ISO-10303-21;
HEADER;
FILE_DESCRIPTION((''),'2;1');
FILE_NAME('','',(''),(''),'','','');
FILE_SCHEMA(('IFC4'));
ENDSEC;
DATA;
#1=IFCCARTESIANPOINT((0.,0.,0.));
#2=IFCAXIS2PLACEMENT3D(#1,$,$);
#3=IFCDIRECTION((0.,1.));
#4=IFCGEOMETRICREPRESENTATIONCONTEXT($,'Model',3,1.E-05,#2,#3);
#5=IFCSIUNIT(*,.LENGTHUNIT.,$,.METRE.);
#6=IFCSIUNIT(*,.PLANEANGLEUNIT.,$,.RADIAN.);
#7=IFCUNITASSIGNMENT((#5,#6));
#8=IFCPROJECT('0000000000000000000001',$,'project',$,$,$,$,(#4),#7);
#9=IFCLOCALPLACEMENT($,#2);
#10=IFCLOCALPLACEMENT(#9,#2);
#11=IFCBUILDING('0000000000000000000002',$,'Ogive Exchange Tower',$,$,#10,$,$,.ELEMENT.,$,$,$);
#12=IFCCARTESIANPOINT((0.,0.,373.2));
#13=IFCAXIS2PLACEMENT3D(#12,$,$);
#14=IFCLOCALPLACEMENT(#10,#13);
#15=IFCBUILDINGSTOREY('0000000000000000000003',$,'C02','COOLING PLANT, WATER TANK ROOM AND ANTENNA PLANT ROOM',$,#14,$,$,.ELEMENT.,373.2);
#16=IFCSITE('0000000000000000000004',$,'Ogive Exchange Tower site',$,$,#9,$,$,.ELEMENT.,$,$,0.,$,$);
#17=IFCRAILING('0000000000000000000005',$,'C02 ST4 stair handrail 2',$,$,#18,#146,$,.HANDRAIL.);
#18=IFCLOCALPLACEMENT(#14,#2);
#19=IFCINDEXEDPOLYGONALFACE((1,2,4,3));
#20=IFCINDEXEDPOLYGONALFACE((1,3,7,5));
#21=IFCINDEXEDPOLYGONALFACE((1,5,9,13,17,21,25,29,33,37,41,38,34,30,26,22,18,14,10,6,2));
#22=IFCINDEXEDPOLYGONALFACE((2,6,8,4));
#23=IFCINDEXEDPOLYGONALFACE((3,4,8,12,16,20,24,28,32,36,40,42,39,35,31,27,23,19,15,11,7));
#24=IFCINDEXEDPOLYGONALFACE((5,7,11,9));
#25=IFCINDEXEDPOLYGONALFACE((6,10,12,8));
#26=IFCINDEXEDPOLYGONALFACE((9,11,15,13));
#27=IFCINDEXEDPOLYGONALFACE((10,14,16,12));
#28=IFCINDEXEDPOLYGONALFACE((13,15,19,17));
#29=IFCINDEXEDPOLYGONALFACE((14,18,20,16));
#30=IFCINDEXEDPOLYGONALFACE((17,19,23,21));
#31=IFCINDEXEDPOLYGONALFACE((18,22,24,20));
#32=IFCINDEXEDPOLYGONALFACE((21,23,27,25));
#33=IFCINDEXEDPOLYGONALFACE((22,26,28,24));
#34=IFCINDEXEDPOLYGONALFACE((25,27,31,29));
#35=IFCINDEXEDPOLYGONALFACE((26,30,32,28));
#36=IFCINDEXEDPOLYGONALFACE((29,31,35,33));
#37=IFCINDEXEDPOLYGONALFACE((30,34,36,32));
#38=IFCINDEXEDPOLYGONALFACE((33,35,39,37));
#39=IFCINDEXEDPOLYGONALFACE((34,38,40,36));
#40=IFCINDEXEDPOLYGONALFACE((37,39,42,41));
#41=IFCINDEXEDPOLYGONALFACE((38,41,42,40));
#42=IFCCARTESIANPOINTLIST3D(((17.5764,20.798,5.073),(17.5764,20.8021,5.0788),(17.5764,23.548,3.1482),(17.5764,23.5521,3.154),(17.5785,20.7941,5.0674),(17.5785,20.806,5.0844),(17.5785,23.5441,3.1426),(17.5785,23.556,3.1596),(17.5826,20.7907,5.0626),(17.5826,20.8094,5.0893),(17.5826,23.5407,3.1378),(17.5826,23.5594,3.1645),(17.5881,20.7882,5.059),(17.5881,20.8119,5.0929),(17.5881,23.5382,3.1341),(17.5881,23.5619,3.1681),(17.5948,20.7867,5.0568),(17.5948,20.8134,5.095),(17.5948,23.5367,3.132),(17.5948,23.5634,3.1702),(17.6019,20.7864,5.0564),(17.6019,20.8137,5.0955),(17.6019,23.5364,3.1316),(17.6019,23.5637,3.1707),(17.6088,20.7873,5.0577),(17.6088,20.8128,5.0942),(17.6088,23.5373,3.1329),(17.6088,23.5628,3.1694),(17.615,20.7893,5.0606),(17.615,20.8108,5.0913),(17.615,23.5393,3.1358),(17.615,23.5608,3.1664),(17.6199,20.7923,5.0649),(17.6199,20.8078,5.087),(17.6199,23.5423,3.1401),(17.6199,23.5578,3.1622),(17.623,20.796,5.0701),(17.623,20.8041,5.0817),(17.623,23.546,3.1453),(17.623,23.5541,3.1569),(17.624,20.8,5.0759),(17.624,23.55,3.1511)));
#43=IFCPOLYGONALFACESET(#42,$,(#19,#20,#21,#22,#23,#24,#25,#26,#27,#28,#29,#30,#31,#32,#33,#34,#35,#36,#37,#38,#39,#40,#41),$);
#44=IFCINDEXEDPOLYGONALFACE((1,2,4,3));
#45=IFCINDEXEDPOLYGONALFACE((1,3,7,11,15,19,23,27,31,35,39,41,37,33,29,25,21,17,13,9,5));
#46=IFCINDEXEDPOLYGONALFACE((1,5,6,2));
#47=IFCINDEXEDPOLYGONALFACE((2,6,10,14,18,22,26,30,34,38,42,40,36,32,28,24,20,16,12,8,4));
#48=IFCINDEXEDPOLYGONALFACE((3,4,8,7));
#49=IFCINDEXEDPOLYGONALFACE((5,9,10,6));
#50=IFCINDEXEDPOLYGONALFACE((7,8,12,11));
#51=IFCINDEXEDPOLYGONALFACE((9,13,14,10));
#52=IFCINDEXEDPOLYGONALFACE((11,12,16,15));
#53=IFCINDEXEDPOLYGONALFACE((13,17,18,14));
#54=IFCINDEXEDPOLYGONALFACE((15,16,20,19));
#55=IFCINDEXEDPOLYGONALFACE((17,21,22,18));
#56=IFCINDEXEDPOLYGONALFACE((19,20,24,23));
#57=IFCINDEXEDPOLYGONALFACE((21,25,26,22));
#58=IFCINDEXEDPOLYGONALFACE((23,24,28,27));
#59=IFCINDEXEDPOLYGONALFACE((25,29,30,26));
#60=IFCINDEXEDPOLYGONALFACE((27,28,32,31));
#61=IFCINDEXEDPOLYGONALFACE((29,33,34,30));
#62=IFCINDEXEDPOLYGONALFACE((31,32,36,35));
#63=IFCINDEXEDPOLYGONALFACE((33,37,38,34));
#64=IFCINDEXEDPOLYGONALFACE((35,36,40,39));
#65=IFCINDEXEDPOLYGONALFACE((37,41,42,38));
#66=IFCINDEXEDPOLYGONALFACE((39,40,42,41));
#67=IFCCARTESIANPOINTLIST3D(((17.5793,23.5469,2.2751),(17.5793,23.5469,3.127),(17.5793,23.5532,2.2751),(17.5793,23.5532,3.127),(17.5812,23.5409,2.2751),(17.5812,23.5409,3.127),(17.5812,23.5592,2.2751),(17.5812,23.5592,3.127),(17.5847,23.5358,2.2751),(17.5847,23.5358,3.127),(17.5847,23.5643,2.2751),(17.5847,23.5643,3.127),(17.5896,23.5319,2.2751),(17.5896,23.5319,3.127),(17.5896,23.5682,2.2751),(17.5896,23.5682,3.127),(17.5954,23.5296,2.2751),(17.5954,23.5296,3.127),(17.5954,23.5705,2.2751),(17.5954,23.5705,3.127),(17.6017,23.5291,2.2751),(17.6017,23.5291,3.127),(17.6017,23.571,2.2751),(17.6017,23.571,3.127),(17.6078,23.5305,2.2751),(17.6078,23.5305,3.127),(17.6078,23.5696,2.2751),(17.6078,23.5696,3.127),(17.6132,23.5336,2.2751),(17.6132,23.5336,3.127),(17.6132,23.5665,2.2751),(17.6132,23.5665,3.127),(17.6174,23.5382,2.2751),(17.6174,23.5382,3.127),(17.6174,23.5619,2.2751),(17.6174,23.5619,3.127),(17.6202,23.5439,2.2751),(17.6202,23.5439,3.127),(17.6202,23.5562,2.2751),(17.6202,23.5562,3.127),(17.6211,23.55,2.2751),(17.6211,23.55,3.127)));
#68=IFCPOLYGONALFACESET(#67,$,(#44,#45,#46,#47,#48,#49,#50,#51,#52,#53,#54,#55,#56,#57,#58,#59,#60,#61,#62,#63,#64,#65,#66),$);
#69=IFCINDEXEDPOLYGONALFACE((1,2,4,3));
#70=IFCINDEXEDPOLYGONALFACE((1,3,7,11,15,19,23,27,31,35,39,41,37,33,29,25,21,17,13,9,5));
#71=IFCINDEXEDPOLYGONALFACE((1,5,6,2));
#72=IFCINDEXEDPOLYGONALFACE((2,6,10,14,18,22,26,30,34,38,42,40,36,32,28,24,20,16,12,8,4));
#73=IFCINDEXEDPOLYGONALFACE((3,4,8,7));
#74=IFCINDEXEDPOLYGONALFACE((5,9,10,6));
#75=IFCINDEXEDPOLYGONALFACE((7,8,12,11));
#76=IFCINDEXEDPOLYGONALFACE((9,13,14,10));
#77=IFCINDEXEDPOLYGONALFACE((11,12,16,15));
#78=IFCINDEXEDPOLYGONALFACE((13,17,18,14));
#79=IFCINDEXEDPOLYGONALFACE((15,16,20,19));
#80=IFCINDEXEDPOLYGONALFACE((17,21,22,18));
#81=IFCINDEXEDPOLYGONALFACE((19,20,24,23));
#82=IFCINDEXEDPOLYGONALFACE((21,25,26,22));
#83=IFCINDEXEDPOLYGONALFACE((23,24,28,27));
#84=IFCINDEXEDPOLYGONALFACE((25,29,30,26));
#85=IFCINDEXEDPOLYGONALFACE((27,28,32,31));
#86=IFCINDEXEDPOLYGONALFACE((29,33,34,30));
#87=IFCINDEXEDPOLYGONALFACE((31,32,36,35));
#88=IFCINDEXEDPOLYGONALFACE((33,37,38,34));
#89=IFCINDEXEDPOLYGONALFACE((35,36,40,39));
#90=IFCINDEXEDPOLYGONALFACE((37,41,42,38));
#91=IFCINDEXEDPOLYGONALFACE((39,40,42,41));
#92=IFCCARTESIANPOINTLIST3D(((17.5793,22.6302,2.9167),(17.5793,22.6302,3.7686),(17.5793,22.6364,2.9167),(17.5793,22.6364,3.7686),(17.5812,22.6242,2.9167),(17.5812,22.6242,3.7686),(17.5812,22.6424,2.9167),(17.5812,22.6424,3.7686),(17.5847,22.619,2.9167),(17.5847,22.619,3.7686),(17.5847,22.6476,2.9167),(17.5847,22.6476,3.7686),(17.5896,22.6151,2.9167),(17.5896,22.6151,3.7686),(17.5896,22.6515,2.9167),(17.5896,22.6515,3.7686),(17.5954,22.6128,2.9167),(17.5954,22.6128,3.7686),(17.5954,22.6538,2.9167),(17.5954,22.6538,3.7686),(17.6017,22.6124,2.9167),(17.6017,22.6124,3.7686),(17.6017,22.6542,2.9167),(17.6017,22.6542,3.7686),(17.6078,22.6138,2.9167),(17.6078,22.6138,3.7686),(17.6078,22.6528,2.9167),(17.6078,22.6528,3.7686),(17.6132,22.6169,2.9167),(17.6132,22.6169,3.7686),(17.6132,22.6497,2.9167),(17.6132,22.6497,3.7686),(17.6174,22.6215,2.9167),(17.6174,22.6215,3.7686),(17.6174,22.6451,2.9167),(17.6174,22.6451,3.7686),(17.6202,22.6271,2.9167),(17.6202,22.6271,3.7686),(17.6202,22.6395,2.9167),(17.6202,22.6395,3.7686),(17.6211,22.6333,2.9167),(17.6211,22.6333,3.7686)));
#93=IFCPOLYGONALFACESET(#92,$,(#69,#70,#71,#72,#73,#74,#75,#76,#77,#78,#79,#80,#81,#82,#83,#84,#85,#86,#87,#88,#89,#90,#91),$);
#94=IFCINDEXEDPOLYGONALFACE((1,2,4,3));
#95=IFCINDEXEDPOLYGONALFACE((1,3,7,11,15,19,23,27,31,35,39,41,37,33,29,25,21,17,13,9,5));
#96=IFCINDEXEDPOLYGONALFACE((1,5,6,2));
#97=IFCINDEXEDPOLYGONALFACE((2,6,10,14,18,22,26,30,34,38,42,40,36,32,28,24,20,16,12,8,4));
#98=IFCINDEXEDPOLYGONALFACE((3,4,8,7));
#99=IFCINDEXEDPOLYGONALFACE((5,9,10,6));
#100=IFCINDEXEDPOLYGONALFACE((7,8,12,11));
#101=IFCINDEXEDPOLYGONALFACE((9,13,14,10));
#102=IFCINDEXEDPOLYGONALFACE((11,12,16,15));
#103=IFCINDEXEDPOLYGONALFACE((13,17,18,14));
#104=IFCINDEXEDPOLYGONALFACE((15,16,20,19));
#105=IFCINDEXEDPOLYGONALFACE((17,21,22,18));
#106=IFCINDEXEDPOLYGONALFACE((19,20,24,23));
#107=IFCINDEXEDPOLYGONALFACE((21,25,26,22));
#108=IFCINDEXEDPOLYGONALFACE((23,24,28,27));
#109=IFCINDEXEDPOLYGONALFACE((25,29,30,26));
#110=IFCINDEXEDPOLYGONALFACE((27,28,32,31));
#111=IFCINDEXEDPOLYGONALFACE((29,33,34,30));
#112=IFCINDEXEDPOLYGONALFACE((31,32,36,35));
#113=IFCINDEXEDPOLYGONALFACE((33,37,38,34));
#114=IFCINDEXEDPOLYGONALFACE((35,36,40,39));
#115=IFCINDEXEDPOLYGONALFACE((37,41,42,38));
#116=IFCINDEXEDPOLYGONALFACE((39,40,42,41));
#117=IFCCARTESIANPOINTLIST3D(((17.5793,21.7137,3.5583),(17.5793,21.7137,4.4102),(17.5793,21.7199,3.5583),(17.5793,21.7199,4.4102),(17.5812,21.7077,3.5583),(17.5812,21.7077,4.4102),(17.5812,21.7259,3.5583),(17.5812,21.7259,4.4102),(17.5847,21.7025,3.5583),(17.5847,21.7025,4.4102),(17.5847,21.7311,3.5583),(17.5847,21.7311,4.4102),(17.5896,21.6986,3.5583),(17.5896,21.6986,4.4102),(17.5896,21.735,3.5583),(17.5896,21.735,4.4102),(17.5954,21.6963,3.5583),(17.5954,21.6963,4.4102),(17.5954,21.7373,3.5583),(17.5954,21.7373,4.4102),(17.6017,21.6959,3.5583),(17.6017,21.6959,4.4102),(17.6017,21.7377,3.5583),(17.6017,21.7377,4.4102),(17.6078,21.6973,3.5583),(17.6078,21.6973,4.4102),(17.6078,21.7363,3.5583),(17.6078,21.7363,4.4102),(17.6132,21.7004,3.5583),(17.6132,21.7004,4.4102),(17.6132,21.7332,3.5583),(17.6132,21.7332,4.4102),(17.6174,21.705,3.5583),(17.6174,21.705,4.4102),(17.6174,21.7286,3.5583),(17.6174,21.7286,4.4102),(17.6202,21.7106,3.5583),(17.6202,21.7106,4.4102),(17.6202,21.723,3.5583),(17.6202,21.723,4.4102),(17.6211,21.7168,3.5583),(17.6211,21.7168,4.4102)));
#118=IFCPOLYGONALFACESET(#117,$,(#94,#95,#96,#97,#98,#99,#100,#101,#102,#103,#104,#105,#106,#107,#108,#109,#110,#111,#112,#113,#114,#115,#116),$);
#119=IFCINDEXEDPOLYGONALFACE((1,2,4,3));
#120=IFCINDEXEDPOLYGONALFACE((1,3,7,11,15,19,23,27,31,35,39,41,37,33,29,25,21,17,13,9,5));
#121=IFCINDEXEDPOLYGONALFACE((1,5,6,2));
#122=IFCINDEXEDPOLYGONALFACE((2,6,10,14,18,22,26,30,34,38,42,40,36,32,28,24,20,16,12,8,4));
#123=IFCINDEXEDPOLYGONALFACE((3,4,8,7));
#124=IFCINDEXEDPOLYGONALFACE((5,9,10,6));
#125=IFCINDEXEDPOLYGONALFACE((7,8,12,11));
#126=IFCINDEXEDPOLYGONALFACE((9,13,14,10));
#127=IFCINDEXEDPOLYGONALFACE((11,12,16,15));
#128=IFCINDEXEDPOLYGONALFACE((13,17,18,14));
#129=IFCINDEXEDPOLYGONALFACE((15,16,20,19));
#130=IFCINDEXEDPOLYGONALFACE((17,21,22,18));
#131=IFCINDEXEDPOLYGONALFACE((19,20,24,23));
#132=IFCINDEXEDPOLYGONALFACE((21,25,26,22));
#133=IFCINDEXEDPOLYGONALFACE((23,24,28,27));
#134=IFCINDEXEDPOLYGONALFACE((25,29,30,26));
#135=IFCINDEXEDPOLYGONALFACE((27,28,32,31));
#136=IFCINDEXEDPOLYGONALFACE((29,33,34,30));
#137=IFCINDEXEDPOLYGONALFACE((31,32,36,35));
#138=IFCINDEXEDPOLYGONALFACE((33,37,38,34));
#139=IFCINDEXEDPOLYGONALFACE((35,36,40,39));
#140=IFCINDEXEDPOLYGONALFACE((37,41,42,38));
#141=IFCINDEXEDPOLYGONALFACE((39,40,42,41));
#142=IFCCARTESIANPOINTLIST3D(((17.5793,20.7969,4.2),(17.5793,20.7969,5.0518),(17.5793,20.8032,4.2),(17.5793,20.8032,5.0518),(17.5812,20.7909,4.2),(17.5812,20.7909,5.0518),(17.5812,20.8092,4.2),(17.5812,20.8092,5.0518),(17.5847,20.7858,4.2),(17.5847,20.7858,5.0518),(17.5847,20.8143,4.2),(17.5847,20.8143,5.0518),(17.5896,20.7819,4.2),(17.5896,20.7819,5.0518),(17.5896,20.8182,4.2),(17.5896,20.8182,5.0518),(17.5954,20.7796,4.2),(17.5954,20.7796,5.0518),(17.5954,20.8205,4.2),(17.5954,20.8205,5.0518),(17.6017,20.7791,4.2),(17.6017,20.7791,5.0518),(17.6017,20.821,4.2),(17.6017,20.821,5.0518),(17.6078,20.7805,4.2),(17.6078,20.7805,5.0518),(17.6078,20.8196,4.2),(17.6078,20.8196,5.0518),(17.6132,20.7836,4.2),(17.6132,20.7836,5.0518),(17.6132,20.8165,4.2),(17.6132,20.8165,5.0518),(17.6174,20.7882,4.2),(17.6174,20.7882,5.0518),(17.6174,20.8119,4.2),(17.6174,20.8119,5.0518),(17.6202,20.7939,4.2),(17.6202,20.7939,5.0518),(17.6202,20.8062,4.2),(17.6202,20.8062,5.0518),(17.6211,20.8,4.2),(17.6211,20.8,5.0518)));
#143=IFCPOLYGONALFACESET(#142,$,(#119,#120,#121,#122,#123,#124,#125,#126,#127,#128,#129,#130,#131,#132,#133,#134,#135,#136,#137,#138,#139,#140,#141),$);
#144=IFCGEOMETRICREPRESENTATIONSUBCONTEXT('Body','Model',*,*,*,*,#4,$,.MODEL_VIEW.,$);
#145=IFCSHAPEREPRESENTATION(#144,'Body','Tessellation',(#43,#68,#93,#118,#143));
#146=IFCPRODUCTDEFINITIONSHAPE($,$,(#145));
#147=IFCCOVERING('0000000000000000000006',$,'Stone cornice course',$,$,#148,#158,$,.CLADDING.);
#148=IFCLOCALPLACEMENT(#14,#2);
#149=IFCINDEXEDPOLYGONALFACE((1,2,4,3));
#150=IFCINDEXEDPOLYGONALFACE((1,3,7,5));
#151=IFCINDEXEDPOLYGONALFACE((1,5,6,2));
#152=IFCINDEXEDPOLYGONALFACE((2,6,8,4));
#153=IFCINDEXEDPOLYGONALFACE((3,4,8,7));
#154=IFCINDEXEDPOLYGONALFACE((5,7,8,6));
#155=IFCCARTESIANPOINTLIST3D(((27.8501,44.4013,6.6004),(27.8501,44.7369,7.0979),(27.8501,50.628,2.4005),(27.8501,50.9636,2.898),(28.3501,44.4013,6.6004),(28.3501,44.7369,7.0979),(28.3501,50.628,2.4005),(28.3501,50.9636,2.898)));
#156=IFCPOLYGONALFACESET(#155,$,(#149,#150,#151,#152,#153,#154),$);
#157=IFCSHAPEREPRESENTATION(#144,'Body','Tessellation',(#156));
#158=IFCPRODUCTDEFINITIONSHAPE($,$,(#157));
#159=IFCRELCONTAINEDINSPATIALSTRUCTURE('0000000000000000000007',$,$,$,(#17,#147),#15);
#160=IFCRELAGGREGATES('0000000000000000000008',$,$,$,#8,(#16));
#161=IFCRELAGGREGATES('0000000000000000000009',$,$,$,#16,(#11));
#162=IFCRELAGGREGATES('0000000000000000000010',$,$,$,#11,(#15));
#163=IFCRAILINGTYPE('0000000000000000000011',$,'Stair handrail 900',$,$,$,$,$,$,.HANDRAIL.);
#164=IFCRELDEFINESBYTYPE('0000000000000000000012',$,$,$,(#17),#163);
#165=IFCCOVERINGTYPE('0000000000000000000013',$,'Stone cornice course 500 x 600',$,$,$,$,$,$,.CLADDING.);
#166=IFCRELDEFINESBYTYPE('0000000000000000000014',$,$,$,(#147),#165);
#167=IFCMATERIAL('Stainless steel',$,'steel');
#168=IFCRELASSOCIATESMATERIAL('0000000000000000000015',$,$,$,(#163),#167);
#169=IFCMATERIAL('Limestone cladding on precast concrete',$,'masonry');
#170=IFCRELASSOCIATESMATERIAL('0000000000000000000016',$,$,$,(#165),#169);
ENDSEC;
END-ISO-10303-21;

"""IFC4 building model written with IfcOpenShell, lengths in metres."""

from ifc_helpers import new_model, si_unit, direction, frame, origin, origin_2d, place, context, subcontext, project, spatial, rectangle, circle, extrude, material, material_profile, profile_set, type_object, element, save


model = new_model("IFC4")

# Units and contexts
model_context = context("Model", 3, precision=1e-05, world=origin(), true_north=direction((0.0, 1.0)))
body_context = subcontext(model_context, "Body", "Model", "MODEL_VIEW")
ifc_project = project(units=[si_unit("LENGTHUNIT", "METRE"), si_unit("PLANEANGLEUNIT", "RADIAN")], contexts=[model_context])

# Site, building, storey
site_placement = place(None, origin())
site = spatial("IfcSite", under=ifc_project, at=site_placement, Name="Ogive Exchange Tower site", CompositionType="ELEMENT", RefElevation=0.0)
building_placement = place(site_placement, origin())
building = spatial("IfcBuilding", under=site, at=building_placement, Name="Ogive Exchange Tower", CompositionType="ELEMENT")
storey_placement = place(building_placement, frame((0.0, 0.0, 373.2)))
storey = spatial("IfcBuildingStorey", under=building, at=storey_placement, Name="C02", Description="COOLING PLANT, WATER TANK ROOM AND ANTENNA PLANT ROOM", CompositionType="ELEMENT", Elevation=373.2)

# Railing
ifc_material_1 = material(Name="Stainless steel", Category="steel")
railing_type = type_object("IfcRailingType", Name="Stair handrail 900", PredefinedType="HANDRAIL", material=ifc_material_1)
railing_placement = place(storey_placement, frame((17.6001, 23.55, 2.2751)))
element("IfcRailing", 1, at=railing_placement, inside=storey, type_object=railing_type, Name="C02 ST4 stair handrail 2", PredefinedType="HANDRAIL", context=body_context, shape_type="SweptSolid", body=[
    extrude(circle(Radius=0.0239, at=origin_2d()), frame((0.0, 0.0, 0.876), z_axis=(0.0, -0.819259, 0.573423), x_axis=(1.0, 0.0, 0.0)), (0.0, 0.0, 1.0), 3.3567),
    extrude(circle(Radius=0.021, at=origin_2d()), origin(), (0.0, 0.0, 1.0), 0.8518),
    extrude(circle(Radius=0.021, at=origin_2d()), frame((0.0, -0.9167, 0.6416)), (0.0, 0.0, 1.0), 0.8518),
    extrude(circle(Radius=0.021, at=origin_2d()), frame((0.0, -1.8333, 1.2832)), (0.0, 0.0, 1.0), 0.8518),
    extrude(circle(Radius=0.021, at=origin_2d()), frame((0.0, -2.75, 1.9248)), (0.0, 0.0, 1.0), 0.8518),
])

# Covering
ifc_material_2 = material(Name="Limestone cladding on precast concrete", Category="masonry")
ifc_material_profile_1 = material_profile(ifc_material_2, rectangle(XDim=0.5, YDim=0.6001, at=origin_2d()), Name="CORNICE 500 x 600")
ifc_profile_set_1 = profile_set([ifc_material_profile_1], Name="Limestone cladding on precast concrete")
covering_type = type_object("IfcCoveringType", Name="Stone cornice course 500 x 600", PredefinedType="CLADDING", material=ifc_profile_set_1)
covering_placement = place(storey_placement, frame((28.1001, 44.5691, 6.8491), z_axis=(0.0, 0.829043, -0.559185), x_axis=(-1.0, 0.0, 0.0)))
element("IfcCovering", 2, at=covering_placement, inside=storey, type_object=covering_type, Name="Stone cornice course", PredefinedType="CLADDING", context=body_context, shape_type="SweptSolid", body=[
    extrude(rectangle(XDim=0.5, YDim=0.6001, at=origin_2d()), origin(), (0.0, 0.0, 1.0), 7.5107),
])

save(model, "model.ifc")
